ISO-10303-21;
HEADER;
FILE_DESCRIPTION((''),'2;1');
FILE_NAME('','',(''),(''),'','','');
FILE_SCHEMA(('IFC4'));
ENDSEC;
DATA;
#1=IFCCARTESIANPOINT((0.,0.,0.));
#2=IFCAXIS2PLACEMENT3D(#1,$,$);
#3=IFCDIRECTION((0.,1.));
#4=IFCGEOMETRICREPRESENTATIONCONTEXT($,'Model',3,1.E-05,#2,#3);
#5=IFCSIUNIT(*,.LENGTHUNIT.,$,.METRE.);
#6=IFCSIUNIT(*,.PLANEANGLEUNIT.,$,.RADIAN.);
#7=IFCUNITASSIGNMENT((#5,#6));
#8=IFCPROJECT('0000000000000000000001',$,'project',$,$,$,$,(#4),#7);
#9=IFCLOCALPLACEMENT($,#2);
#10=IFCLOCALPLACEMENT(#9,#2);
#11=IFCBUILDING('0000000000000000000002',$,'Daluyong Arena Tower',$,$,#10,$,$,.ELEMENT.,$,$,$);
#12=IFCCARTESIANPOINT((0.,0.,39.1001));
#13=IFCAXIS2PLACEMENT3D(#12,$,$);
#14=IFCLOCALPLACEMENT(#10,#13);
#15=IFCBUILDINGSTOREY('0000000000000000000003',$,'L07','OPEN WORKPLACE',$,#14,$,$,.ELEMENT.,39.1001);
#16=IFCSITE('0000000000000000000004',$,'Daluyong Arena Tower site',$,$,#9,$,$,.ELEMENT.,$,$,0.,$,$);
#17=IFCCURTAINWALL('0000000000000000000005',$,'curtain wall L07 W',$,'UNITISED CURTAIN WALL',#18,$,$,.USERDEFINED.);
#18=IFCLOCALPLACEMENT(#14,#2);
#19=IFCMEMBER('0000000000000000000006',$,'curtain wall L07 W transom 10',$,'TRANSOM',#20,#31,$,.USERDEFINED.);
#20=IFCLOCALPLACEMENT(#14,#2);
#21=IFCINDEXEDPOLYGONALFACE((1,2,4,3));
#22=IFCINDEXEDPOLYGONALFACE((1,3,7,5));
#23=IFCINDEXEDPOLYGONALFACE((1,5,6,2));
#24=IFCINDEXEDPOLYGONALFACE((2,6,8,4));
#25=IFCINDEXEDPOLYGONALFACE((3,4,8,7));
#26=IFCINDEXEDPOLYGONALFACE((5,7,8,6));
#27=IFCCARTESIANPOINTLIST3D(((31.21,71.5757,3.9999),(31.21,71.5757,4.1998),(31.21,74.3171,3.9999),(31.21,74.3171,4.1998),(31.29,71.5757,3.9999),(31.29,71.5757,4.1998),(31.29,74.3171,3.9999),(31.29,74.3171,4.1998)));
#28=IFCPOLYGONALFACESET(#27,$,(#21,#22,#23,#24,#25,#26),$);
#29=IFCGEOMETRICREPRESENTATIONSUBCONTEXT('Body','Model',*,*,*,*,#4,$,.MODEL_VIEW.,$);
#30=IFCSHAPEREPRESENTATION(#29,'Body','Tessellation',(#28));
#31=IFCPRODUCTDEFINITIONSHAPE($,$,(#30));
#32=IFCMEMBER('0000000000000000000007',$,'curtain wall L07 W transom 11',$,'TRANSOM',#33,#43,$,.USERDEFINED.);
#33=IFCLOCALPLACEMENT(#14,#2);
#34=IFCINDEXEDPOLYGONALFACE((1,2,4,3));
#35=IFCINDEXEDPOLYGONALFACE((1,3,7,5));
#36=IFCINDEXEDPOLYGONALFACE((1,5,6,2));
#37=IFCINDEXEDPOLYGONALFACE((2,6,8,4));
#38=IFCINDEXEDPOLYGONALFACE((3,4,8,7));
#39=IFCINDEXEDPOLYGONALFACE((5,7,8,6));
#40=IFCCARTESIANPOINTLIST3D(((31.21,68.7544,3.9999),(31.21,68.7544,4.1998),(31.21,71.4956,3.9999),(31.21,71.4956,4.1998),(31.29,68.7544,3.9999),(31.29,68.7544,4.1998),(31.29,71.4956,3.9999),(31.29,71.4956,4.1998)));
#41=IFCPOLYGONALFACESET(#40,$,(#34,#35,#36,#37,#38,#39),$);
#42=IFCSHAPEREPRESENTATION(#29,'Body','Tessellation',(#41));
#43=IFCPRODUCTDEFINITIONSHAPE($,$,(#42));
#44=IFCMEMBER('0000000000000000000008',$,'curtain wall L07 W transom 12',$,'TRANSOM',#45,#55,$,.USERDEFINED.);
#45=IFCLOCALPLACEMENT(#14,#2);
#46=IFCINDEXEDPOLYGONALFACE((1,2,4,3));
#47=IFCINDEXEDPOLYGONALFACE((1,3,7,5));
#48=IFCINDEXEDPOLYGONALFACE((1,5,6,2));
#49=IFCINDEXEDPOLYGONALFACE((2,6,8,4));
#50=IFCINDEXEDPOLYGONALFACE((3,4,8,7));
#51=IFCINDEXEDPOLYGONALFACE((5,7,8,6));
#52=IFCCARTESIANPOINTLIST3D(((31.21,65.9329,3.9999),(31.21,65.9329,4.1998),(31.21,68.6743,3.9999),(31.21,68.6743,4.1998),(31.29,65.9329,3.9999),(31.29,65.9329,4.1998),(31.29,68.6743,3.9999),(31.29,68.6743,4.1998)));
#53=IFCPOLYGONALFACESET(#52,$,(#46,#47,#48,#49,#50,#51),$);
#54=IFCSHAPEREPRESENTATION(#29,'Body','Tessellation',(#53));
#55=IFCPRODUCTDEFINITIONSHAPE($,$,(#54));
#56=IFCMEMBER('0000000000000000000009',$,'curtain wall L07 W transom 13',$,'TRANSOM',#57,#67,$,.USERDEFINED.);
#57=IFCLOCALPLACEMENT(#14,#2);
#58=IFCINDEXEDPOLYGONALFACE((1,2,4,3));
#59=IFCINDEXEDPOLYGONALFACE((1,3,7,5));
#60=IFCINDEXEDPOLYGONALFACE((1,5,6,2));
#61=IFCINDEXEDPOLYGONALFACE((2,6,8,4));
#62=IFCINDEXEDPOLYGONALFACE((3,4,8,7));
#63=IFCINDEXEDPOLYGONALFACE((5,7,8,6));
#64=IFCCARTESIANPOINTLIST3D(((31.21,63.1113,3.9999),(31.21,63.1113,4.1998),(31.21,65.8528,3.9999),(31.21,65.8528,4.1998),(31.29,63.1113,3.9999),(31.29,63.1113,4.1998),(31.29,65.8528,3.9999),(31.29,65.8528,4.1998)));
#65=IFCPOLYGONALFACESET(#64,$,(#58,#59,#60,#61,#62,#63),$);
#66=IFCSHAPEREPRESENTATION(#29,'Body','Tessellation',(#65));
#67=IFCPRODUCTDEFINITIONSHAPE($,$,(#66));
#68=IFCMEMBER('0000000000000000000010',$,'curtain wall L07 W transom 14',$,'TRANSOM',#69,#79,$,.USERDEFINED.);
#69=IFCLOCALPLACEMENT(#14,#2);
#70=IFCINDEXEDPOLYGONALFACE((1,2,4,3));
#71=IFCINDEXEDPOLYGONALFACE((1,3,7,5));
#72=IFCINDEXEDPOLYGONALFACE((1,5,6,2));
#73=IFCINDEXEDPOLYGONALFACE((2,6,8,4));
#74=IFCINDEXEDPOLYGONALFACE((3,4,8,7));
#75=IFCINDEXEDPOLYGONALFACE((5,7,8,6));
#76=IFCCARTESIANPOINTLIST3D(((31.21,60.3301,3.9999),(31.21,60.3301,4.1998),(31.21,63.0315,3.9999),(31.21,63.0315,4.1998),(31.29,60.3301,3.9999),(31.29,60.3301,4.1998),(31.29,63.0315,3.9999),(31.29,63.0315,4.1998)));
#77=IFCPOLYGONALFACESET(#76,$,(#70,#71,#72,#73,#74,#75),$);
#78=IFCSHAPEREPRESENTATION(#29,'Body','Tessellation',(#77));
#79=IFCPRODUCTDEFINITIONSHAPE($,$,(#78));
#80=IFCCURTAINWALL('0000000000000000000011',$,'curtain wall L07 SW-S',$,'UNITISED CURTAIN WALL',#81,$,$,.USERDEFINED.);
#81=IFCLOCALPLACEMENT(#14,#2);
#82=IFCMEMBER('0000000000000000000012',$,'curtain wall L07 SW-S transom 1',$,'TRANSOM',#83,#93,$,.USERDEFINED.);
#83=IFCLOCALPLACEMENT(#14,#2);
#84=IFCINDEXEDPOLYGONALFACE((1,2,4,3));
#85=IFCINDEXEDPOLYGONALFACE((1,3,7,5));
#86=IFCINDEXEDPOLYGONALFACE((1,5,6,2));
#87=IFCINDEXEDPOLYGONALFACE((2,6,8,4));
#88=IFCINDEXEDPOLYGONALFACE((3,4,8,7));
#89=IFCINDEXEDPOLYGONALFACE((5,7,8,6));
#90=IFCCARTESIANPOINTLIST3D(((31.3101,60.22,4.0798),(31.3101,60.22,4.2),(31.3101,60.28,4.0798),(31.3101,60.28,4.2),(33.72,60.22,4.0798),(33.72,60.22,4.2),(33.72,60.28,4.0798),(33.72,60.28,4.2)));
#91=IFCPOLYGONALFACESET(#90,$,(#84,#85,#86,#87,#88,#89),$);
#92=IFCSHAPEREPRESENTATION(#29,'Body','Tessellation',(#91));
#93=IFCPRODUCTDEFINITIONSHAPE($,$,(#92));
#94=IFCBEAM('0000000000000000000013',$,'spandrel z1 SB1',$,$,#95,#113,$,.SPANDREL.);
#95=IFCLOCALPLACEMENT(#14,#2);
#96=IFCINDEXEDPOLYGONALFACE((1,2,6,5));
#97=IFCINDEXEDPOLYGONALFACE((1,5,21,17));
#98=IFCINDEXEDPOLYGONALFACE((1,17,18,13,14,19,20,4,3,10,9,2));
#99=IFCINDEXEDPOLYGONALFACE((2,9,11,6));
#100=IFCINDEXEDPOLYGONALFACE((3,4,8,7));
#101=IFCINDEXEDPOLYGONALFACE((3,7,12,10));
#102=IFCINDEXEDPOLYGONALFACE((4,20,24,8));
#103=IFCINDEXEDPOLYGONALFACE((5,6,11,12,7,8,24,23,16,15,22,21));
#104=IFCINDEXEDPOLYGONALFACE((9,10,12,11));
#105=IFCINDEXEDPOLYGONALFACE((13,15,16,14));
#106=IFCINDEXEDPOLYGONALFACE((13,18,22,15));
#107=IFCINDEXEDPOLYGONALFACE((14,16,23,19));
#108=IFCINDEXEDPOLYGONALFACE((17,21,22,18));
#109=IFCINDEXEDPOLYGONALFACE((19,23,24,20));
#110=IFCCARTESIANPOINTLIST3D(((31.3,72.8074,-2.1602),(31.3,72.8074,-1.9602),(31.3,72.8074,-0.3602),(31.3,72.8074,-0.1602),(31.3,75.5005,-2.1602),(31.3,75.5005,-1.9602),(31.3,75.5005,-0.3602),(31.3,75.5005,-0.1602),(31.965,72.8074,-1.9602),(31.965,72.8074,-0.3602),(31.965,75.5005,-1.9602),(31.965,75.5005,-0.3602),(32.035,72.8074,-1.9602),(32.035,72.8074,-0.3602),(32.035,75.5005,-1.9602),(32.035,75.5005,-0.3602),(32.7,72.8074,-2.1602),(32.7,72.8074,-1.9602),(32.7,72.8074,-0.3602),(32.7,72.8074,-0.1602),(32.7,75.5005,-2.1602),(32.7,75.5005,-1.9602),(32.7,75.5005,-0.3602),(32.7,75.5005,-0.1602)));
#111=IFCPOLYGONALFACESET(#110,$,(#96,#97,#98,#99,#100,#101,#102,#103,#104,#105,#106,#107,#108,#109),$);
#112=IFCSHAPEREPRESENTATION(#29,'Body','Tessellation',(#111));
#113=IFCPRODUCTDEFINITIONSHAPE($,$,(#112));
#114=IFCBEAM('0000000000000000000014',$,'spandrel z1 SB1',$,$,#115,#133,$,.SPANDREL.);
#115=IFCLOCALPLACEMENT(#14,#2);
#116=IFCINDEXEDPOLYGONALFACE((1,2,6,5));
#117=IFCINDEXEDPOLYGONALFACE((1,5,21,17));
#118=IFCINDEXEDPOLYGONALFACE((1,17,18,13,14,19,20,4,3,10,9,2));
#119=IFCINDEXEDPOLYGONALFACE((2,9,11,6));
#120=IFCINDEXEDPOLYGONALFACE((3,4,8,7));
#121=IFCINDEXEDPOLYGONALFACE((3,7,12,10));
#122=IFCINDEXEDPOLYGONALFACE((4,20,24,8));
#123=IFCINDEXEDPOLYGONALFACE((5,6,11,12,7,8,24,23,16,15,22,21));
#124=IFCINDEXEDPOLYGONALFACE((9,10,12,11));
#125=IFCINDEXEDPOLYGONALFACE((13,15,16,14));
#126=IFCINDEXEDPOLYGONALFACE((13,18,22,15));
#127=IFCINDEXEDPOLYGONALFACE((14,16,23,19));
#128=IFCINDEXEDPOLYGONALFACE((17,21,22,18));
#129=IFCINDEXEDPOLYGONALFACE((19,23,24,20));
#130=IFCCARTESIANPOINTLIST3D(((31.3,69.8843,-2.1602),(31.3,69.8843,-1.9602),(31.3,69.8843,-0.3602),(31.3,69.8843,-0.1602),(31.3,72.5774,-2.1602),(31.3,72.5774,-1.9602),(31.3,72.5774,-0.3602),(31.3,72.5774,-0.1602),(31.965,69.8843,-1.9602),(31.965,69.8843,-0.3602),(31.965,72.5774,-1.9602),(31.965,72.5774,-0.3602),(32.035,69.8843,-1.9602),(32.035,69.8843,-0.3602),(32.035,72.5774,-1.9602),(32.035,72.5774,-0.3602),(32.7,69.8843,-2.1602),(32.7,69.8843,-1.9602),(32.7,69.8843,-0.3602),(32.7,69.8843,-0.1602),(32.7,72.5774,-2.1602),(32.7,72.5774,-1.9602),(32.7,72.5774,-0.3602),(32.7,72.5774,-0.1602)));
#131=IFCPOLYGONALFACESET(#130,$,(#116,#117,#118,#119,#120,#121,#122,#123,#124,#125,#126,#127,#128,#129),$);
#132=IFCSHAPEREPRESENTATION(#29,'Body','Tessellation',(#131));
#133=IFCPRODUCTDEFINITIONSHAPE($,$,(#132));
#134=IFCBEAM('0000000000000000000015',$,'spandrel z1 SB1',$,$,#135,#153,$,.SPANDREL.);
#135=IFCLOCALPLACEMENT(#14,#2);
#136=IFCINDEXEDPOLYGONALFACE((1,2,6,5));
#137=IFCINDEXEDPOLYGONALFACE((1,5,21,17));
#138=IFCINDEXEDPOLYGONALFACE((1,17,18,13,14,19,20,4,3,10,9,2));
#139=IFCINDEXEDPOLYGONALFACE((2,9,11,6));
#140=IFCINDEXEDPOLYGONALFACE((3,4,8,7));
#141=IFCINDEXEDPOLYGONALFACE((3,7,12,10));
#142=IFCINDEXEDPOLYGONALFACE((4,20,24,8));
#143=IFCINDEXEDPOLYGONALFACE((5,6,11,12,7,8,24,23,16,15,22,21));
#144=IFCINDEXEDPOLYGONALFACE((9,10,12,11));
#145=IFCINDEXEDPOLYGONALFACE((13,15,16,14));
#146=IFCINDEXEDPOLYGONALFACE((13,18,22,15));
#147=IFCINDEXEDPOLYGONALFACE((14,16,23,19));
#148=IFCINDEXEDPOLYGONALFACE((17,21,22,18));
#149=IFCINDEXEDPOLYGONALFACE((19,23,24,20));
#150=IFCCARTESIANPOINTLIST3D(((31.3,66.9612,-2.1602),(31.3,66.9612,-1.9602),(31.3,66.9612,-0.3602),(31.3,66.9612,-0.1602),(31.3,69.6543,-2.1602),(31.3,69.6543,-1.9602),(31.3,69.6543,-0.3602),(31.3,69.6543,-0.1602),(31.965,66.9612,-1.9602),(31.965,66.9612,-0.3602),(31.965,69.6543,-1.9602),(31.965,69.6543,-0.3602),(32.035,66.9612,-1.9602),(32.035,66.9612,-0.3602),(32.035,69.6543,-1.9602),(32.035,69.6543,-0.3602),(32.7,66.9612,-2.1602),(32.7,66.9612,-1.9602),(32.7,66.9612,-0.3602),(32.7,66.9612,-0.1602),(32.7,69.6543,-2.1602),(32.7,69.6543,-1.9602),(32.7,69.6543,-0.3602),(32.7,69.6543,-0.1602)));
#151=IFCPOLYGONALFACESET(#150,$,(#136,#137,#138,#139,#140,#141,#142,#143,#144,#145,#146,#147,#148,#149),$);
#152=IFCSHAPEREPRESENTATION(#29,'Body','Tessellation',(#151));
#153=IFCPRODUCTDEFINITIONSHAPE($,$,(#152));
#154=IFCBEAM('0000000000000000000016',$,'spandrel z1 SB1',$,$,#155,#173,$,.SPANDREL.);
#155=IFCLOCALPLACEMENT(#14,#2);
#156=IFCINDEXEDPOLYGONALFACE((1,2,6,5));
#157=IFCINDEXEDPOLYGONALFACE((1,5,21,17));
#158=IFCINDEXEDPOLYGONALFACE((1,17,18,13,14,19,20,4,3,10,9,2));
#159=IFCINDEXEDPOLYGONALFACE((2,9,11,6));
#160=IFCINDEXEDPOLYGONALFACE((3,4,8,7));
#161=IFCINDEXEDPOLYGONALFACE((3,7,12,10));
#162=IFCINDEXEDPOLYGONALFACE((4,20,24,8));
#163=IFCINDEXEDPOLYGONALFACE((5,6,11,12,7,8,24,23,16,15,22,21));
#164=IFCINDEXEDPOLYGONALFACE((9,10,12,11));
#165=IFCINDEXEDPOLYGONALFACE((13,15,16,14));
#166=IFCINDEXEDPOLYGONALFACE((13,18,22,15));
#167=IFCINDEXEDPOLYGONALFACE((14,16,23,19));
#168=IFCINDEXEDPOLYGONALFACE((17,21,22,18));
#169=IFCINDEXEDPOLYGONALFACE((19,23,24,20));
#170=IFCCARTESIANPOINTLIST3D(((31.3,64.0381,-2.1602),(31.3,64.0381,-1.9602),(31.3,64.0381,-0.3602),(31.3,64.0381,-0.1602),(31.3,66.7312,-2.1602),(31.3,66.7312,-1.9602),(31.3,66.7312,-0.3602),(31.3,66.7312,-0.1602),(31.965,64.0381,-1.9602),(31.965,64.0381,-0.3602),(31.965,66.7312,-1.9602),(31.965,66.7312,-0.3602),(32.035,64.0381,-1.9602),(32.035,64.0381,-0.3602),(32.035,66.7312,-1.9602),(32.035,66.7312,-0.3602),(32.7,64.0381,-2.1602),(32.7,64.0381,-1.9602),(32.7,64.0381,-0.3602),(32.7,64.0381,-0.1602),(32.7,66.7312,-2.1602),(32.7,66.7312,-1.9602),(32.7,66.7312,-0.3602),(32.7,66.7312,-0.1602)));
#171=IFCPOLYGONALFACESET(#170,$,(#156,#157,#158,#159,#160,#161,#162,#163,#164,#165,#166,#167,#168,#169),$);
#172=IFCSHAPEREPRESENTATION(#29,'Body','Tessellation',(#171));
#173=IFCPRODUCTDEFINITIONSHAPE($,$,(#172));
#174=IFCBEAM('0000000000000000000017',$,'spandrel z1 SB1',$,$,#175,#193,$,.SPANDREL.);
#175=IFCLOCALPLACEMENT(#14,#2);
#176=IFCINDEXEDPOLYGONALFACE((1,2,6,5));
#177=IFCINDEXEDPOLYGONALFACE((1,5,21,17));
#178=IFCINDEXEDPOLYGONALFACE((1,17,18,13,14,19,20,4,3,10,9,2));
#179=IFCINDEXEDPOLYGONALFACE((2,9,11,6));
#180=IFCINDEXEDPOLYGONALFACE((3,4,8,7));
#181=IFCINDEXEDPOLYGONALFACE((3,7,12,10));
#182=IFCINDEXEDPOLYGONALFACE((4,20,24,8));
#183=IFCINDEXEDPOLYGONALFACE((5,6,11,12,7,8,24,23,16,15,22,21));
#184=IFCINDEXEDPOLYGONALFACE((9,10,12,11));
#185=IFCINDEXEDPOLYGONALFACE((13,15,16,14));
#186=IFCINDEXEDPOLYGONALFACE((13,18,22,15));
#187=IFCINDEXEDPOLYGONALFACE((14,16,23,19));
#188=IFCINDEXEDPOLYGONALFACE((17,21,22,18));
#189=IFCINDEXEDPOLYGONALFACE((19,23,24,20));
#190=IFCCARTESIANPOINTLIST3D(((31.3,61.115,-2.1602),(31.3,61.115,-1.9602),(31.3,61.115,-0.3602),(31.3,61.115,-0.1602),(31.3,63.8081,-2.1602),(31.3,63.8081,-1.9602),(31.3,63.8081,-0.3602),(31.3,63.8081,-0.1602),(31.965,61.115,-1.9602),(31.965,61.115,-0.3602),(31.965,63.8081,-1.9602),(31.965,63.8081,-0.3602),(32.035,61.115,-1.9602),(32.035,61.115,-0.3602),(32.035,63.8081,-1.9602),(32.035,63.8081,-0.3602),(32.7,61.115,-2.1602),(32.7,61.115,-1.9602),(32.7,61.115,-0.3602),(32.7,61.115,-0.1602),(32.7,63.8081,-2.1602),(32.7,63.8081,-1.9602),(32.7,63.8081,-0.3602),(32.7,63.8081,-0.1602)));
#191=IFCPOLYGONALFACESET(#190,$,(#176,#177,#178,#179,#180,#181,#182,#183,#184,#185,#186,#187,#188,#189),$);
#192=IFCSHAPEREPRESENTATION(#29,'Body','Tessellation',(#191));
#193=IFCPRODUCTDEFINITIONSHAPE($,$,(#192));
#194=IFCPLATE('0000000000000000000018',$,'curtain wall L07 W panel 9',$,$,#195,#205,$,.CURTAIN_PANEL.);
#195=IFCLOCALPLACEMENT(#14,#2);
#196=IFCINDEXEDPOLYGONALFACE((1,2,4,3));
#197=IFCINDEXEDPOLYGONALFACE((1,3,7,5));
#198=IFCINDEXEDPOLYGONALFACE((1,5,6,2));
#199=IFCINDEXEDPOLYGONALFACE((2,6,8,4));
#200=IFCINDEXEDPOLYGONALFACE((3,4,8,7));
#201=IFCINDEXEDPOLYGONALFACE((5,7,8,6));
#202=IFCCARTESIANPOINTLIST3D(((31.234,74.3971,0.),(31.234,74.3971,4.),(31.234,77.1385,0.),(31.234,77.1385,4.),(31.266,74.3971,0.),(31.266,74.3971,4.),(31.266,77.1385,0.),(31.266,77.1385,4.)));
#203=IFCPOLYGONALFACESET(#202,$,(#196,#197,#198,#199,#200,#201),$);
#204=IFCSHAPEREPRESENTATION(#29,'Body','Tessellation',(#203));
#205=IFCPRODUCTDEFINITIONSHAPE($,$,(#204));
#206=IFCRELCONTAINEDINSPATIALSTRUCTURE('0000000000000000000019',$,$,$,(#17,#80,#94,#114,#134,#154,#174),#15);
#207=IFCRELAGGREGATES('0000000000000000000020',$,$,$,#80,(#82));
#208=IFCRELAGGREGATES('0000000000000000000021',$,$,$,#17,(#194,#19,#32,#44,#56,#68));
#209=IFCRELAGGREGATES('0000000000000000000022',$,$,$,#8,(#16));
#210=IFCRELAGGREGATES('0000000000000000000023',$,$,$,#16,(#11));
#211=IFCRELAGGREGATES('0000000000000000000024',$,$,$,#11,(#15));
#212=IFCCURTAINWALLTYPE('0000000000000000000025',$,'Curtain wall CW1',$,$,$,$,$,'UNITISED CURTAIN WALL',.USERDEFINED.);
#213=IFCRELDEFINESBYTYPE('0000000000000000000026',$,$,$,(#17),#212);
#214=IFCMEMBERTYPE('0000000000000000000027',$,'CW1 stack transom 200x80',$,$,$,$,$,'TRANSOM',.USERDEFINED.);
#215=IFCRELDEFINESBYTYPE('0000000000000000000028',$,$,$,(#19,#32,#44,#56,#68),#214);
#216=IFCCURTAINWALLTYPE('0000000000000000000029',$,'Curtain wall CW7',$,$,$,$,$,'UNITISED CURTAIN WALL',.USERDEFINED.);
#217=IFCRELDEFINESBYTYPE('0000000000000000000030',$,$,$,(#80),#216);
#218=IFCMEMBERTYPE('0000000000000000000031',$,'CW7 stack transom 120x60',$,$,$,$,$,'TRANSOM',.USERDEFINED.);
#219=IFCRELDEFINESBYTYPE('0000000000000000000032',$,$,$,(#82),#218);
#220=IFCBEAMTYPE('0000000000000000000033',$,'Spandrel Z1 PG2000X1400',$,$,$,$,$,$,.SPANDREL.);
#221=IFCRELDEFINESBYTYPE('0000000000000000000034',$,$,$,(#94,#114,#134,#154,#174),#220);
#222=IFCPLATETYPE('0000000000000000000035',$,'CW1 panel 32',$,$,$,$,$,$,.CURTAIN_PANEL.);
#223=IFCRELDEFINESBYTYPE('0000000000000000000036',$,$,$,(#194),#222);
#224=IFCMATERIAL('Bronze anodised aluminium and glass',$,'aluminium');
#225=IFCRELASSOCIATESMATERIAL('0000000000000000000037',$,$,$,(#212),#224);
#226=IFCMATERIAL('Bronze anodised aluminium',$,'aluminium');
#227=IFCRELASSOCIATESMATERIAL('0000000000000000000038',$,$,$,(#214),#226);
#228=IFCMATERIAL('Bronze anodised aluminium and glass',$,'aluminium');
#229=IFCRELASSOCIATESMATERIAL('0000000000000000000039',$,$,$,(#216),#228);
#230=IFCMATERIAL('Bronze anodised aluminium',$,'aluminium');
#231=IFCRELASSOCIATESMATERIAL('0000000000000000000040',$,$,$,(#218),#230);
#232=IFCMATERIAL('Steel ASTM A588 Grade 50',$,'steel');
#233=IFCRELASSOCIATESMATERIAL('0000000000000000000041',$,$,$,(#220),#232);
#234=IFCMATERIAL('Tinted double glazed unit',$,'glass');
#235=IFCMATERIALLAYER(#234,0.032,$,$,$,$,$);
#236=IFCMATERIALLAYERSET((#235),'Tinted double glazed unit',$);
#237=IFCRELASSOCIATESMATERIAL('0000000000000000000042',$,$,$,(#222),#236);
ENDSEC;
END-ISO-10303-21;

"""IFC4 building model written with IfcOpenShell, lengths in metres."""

from ifc_helpers import new_model, si_unit, direction, frame, origin, origin_2d, place, context, subcontext, project, spatial, rectangle, i_section, extrude, material, layer, layer_set, material_profile, profile_set, type_object, element, aggregate, save


model = new_model("IFC4")

# Units and contexts
model_context = context("Model", 3, precision=1e-05, world=origin(), true_north=direction((0.0, 1.0)))
body_context = subcontext(model_context, "Body", "Model", "MODEL_VIEW")
ifc_project = project(units=[si_unit("LENGTHUNIT", "METRE"), si_unit("PLANEANGLEUNIT", "RADIAN")], contexts=[model_context])

# Site, building, storey
site_placement = place(None, origin())
site = spatial("IfcSite", under=ifc_project, at=site_placement, Name="Daluyong Arena Tower site", CompositionType="ELEMENT", RefElevation=0.0)
building_placement = place(site_placement, origin())
building = spatial("IfcBuilding", under=site, at=building_placement, Name="Daluyong Arena Tower", CompositionType="ELEMENT")
storey_placement = place(building_placement, frame((0.0, 0.0, 39.1001)))
storey = spatial("IfcBuildingStorey", under=building, at=storey_placement, Name="L07", Description="OPEN WORKPLACE", CompositionType="ELEMENT", Elevation=39.1001)

# Curtain wall, members
ifc_material_1 = material(Name="Bronze anodised aluminium and glass", Category="aluminium")
curtain_wall_type_1 = type_object("IfcCurtainWallType", Name="Curtain wall CW1", ElementType="UNITISED CURTAIN WALL", PredefinedType="USERDEFINED", material=ifc_material_1)
curtain_wall_1_placement = place(storey_placement, origin())
curtain_wall_1 = element("IfcCurtainWall", 1, at=curtain_wall_1_placement, inside=storey, type_object=curtain_wall_type_1, Name="curtain wall L07 W", ObjectType="UNITISED CURTAIN WALL", PredefinedType="USERDEFINED")
ifc_material_2 = material(Name="Bronze anodised aluminium", Category="aluminium")
ifc_material_profile_1 = material_profile(ifc_material_2, rectangle(XDim=0.0801, YDim=0.2, at=origin_2d()))
ifc_profile_set_1 = profile_set([ifc_material_profile_1], Name="Bronze anodised aluminium")
member_type_1 = type_object("IfcMemberType", Name="CW1 stack transom 200x80", ElementType="TRANSOM", PredefinedType="USERDEFINED", material=ifc_profile_set_1)
member_1_placement = place(storey_placement, frame((31.25, 74.3171, 4.0999), z_axis=(0.0, -1.0, 0.0), x_axis=(1.0, 0.0, 0.0)))
member_1 = element("IfcMember", 2, at=member_1_placement, type_object=member_type_1, Name="curtain wall L07 W transom 10", ObjectType="TRANSOM", PredefinedType="USERDEFINED", context=body_context, shape_type="SweptSolid", body=[
    extrude(rectangle(XDim=0.0801, YDim=0.2, at=origin_2d()), origin(), (0.0, 0.0, 1.0), 2.7415),
])
member_2_placement = place(storey_placement, frame((31.25, 71.4956, 4.0999), z_axis=(0.0, -1.0, 0.0), x_axis=(1.0, 0.0, 0.0)))
member_2 = element("IfcMember", 3, at=member_2_placement, type_object=member_type_1, Name="curtain wall L07 W transom 11", ObjectType="TRANSOM", PredefinedType="USERDEFINED", context=body_context, shape_type="SweptSolid", body=[
    extrude(rectangle(XDim=0.0801, YDim=0.2, at=origin_2d()), origin(), (0.0, 0.0, 1.0), 2.7412),
])
member_3_placement = place(storey_placement, frame((31.25, 68.6743, 4.0999), z_axis=(0.0, -1.0, 0.0), x_axis=(1.0, 0.0, 0.0)))
member_3 = element("IfcMember", 4, at=member_3_placement, type_object=member_type_1, Name="curtain wall L07 W transom 12", ObjectType="TRANSOM", PredefinedType="USERDEFINED", context=body_context, shape_type="SweptSolid", body=[
    extrude(rectangle(XDim=0.0801, YDim=0.2, at=origin_2d()), origin(), (0.0, 0.0, 1.0), 2.7415),
])
member_4_placement = place(storey_placement, frame((31.25, 65.8528, 4.0999), z_axis=(0.0, -1.0, 0.0), x_axis=(1.0, 0.0, 0.0)))
member_4 = element("IfcMember", 5, at=member_4_placement, type_object=member_type_1, Name="curtain wall L07 W transom 13", ObjectType="TRANSOM", PredefinedType="USERDEFINED", context=body_context, shape_type="SweptSolid", body=[
    extrude(rectangle(XDim=0.0801, YDim=0.2, at=origin_2d()), origin(), (0.0, 0.0, 1.0), 2.7415),
])
member_5_placement = place(storey_placement, frame((31.25, 63.0315, 4.0999), z_axis=(0.0, -1.0, 0.0), x_axis=(1.0, 0.0, 0.0)))
member_5 = element("IfcMember", 6, at=member_5_placement, type_object=member_type_1, Name="curtain wall L07 W transom 14", ObjectType="TRANSOM", PredefinedType="USERDEFINED", context=body_context, shape_type="SweptSolid", body=[
    extrude(rectangle(XDim=0.0801, YDim=0.2, at=origin_2d()), origin(), (0.0, 0.0, 1.0), 2.7014),
])

# Curtain wall, member
ifc_material_3 = material(Name="Bronze anodised aluminium and glass", Category="aluminium")
curtain_wall_type_2 = type_object("IfcCurtainWallType", Name="Curtain wall CW7", ElementType="UNITISED CURTAIN WALL", PredefinedType="USERDEFINED", material=ifc_material_3)
curtain_wall_2_placement = place(storey_placement, origin())
curtain_wall_2 = element("IfcCurtainWall", 7, at=curtain_wall_2_placement, inside=storey, type_object=curtain_wall_type_2, Name="curtain wall L07 SW-S", ObjectType="UNITISED CURTAIN WALL", PredefinedType="USERDEFINED")
ifc_material_4 = material(Name="Bronze anodised aluminium", Category="aluminium")
ifc_material_profile_2 = material_profile(ifc_material_4, rectangle(XDim=0.0601, YDim=0.1201, at=origin_2d()))
ifc_profile_set_2 = profile_set([ifc_material_profile_2], Name="Bronze anodised aluminium")
member_type_2 = type_object("IfcMemberType", Name="CW7 stack transom 120x60", ElementType="TRANSOM", PredefinedType="USERDEFINED", material=ifc_profile_set_2)
member_6_placement = place(storey_placement, frame((31.3101, 60.25, 4.1399), z_axis=(1.0, 0.0, 0.0), x_axis=(0.0, 1.0, 0.0)))
member_6 = element("IfcMember", 8, at=member_6_placement, type_object=member_type_2, Name="curtain wall L07 SW-S transom 1", ObjectType="TRANSOM", PredefinedType="USERDEFINED", context=body_context, shape_type="SweptSolid", body=[
    extrude(rectangle(XDim=0.0601, YDim=0.1201, at=origin_2d()), origin(), (0.0, 0.0, 1.0), 2.4099),
])
aggregate(curtain_wall_2, [member_6])

# Beams
ifc_material_5 = material(Name="Steel ASTM A588 Grade 50", Category="steel")
ifc_material_profile_3 = material_profile(ifc_material_5, i_section(OverallWidth=1.3999, OverallDepth=2.0, WebThickness=0.07, FlangeThickness=0.2, at=origin_2d()))
ifc_profile_set_3 = profile_set([ifc_material_profile_3], Name="Steel ASTM A588 Grade 50")
beam_type = type_object("IfcBeamType", Name="Spandrel Z1 PG2000X1400", PredefinedType="SPANDREL", material=ifc_profile_set_3)
for number, where, z_axis, x_axis, name in (
    (9, (32.0, 75.5005, -1.1602), (0.0, -1.0, 0.0), (1.0, 0.0, 0.0), "spandrel z1 SB1"),
    (10, (32.0, 72.5774, -1.1602), (0.0, -1.0, 0.0), (1.0, 0.0, 0.0), "spandrel z1 SB1"),
    (11, (32.0, 69.6543, -1.1602), (0.0, -1.0, 0.0), (1.0, 0.0, 0.0), "spandrel z1 SB1"),
    (12, (32.0, 66.7312, -1.1602), (0.0, -1.0, 0.0), (1.0, 0.0, 0.0), "spandrel z1 SB1"),
    (13, (32.0, 63.8081, -1.1602), (0.0, -1.0, 0.0), (1.0, 0.0, 0.0), "spandrel z1 SB1"),
):
    element("IfcBeam", number, at=place(storey_placement, frame(where, z_axis=z_axis, x_axis=x_axis)), inside=storey, type_object=beam_type, Name=name, PredefinedType="SPANDREL", context=body_context, shape_type="SweptSolid", body=[
        extrude(i_section(OverallWidth=1.3999, OverallDepth=2.0, WebThickness=0.07, FlangeThickness=0.2, at=origin_2d()), origin(), (0.0, 0.0, 1.0), 2.6931),
    ])

# Plate
ifc_material_6 = material(Name="Tinted double glazed unit", Category="glass")
ifc_layer_1 = layer(ifc_material_6, 0.032)
ifc_layer_set_1 = layer_set([ifc_layer_1], Name="Tinted double glazed unit")
plate_type = type_object("IfcPlateType", Name="CW1 panel 32", PredefinedType="CURTAIN_PANEL", material=ifc_layer_set_1)
plate_1_placement = place(storey_placement, frame((31.25, 75.7678, 0.0), z_axis=(0.0, 0.0, 1.0), x_axis=(0.0, -1.0, 0.0)))
plate_1 = element("IfcPlate", 14, at=plate_1_placement, type_object=plate_type, Name="curtain wall L07 W panel 9", PredefinedType="CURTAIN_PANEL", context=body_context, shape_type="SweptSolid", body=[
    extrude(rectangle(XDim=2.7415, YDim=0.032, at=origin_2d()), origin(), (0.0, 0.0, 1.0), 4.0),
])
aggregate(curtain_wall_1, [plate_1, member_1, member_2, member_3, member_4, member_5])

save(model, "model.ifc")
